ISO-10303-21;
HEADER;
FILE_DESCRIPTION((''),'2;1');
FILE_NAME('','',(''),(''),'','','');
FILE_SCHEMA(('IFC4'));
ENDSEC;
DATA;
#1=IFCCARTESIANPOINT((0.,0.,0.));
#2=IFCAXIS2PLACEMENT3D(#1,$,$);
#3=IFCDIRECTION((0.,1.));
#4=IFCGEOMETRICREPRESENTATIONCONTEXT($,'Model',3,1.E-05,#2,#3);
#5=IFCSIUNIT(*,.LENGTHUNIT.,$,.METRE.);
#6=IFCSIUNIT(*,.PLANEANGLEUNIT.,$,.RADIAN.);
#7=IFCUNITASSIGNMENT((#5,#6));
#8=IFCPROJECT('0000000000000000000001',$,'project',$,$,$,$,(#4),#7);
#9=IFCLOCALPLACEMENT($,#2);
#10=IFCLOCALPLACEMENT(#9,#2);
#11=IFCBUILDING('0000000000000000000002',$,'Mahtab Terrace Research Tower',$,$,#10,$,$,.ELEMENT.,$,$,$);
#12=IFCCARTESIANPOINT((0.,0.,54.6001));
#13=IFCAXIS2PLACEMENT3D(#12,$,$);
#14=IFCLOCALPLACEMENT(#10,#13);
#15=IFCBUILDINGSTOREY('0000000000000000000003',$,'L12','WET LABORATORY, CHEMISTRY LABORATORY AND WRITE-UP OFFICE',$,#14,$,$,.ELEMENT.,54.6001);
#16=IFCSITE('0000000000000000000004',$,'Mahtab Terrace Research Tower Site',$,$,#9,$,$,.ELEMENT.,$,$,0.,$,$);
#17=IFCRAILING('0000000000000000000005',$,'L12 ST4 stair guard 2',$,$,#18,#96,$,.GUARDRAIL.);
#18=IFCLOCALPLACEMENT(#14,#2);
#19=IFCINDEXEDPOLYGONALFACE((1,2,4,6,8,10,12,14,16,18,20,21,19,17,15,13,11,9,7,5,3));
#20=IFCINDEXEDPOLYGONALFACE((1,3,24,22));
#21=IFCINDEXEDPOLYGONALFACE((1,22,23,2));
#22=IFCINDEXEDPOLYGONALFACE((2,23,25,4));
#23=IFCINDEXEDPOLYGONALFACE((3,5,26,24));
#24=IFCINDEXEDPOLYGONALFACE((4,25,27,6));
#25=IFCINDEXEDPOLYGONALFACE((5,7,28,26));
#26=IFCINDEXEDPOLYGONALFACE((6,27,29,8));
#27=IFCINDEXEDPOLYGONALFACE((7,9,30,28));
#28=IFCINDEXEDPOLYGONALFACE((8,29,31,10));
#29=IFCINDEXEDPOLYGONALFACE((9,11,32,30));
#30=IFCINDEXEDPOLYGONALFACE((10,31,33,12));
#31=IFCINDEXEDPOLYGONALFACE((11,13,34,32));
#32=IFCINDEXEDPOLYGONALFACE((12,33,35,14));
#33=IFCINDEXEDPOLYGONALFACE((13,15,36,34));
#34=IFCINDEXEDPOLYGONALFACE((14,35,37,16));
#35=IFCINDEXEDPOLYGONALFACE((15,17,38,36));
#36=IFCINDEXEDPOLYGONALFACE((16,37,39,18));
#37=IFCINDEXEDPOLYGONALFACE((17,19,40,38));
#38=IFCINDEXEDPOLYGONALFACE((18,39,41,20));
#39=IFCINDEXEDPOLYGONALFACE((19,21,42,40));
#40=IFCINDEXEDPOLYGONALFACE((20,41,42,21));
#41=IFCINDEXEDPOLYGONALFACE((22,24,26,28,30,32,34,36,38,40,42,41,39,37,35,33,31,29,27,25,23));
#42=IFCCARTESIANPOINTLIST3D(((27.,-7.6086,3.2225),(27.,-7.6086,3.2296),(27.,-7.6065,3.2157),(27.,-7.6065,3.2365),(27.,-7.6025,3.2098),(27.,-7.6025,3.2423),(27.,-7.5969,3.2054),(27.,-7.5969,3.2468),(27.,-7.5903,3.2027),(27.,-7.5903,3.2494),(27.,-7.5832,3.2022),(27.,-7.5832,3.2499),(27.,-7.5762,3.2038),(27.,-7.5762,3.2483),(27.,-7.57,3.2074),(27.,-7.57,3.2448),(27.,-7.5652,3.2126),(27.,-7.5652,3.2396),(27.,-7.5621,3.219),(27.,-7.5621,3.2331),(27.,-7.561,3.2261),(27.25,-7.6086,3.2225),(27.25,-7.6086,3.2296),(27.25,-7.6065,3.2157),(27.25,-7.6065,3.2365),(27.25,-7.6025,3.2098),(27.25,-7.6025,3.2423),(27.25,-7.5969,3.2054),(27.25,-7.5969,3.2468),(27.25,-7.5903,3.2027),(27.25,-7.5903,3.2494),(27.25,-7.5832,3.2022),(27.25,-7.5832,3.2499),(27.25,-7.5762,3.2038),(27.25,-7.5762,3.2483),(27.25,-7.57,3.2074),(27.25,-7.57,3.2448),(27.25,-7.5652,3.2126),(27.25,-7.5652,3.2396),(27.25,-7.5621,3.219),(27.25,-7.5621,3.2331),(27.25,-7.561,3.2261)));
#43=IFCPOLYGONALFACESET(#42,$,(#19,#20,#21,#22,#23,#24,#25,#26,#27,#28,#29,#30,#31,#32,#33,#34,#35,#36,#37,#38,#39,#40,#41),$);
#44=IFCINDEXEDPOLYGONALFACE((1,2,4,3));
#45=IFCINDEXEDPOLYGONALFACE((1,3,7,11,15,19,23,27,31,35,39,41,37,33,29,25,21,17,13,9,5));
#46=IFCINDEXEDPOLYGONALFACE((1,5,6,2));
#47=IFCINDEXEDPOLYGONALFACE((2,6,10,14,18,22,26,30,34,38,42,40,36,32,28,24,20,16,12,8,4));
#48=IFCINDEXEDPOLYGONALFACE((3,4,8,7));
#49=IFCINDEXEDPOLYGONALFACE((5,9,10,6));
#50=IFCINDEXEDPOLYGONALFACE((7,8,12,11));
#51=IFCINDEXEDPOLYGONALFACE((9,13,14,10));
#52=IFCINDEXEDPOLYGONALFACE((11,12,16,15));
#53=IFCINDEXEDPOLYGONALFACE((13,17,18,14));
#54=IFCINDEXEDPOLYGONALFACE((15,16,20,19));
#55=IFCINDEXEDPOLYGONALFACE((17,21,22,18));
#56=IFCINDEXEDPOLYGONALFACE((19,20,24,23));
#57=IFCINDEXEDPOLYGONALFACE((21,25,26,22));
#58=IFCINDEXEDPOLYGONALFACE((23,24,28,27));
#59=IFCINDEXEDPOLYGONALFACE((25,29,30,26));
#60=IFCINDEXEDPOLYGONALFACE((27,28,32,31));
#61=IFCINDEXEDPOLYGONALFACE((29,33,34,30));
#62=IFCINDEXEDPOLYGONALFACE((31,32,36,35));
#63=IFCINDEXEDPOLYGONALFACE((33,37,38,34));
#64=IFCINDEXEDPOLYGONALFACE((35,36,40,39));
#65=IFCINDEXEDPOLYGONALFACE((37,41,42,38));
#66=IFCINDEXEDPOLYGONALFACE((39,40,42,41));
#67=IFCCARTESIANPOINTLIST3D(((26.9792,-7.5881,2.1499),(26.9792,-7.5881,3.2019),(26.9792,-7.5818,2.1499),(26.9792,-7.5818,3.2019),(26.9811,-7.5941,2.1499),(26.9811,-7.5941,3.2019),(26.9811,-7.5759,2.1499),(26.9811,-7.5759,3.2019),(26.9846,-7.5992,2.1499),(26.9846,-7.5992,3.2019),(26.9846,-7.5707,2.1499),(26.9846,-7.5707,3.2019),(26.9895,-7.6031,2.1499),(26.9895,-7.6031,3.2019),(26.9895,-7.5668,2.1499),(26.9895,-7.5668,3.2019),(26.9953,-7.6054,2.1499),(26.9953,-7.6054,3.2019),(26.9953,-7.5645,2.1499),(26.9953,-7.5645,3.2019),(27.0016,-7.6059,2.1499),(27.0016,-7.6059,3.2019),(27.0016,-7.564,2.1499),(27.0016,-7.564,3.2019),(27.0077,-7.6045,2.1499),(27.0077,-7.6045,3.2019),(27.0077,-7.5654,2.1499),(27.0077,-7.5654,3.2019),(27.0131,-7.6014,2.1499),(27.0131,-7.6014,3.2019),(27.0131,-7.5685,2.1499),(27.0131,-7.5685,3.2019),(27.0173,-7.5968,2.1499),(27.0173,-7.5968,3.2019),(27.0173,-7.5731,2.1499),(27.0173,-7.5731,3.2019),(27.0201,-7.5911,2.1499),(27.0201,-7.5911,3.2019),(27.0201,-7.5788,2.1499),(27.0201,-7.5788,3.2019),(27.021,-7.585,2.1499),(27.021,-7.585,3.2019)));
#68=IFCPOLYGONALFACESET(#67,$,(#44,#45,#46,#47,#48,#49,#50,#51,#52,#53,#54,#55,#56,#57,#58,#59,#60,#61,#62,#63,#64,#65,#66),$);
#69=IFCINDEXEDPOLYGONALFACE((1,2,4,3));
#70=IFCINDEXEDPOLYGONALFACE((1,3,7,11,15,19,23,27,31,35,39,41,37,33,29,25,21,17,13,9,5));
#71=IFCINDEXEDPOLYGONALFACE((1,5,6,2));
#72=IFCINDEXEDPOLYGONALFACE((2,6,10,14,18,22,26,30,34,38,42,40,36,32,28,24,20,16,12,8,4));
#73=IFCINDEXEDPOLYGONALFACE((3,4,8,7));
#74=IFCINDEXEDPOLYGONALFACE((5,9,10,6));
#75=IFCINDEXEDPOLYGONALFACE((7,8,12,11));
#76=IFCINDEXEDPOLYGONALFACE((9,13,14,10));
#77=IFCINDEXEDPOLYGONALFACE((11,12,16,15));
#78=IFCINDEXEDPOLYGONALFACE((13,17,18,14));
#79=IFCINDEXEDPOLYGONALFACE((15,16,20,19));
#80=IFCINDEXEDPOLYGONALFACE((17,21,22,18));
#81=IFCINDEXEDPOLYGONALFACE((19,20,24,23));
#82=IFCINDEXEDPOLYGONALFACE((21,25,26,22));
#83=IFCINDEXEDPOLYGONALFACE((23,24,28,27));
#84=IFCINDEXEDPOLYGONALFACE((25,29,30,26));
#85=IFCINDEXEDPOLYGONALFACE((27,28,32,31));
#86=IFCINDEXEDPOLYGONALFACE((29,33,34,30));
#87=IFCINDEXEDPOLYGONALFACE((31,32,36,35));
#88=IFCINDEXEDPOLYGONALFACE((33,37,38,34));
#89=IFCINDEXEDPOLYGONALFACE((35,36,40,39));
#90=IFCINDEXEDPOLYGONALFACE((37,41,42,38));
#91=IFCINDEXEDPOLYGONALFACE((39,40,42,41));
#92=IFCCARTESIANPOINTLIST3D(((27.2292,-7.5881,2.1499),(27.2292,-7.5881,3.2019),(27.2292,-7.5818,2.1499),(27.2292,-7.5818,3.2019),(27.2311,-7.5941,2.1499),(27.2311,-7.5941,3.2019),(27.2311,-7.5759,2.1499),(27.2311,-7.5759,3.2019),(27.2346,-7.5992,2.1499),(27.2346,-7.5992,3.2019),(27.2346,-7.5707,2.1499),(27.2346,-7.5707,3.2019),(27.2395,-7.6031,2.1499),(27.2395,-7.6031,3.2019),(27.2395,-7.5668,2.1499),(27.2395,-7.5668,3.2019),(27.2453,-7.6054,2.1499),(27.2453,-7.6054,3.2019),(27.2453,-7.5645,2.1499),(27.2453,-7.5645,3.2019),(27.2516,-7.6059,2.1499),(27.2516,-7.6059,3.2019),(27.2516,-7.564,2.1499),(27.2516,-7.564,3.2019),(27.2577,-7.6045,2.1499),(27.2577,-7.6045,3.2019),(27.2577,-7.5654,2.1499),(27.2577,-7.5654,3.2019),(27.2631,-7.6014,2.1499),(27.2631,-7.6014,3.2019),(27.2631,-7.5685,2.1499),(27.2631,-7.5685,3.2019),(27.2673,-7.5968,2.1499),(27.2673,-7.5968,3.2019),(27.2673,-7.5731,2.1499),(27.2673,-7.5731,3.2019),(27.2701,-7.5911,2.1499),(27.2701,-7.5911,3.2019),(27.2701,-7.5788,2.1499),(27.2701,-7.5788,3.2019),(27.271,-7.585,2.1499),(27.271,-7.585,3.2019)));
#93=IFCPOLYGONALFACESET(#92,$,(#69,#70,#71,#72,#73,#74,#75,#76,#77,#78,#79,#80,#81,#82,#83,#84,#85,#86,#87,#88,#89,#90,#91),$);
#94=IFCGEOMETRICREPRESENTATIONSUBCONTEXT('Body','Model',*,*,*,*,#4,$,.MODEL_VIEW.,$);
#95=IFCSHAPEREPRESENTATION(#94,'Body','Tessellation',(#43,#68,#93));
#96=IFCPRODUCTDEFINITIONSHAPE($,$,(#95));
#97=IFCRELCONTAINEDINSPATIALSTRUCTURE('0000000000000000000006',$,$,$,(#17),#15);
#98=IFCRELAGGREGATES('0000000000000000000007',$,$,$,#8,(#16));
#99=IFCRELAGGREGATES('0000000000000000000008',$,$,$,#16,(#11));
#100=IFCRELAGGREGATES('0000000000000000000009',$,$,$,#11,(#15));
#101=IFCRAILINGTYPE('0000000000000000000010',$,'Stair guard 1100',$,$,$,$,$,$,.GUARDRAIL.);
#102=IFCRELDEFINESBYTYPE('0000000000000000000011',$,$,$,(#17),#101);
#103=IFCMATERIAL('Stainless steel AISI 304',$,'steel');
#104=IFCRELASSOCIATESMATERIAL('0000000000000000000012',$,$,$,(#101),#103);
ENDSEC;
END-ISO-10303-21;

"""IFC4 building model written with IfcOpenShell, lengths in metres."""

from ifc_helpers import new_model, si_unit, direction, frame, origin, origin_2d, place, context, subcontext, project, spatial, circle, extrude, material, type_object, element, save


model = new_model("IFC4")

# Units and contexts
model_context = context("Model", 3, precision=1e-05, world=origin(), true_north=direction((0.0, 1.0)))
body_context = subcontext(model_context, "Body", "Model", "MODEL_VIEW")
ifc_project = project(units=[si_unit("LENGTHUNIT", "METRE"), si_unit("PLANEANGLEUNIT", "RADIAN")], contexts=[model_context])

# Site, building, storey
site_placement = place(None, origin())
site = spatial("IfcSite", under=ifc_project, at=site_placement, Name="Mahtab Terrace Research Tower Site", CompositionType="ELEMENT", RefElevation=0.0)
building_placement = place(site_placement, origin())
building = spatial("IfcBuilding", under=site, at=building_placement, Name="Mahtab Terrace Research Tower", CompositionType="ELEMENT")
storey_placement = place(building_placement, frame((0.0, 0.0, 54.6001)))
storey = spatial("IfcBuildingStorey", under=building, at=storey_placement, Name="L12", Description="WET LABORATORY, CHEMISTRY LABORATORY AND WRITE-UP OFFICE", CompositionType="ELEMENT", Elevation=54.6001)

# Railing
ifc_material_1 = material(Name="Stainless steel AISI 304", Category="steel")
railing_type_1 = type_object("IfcRailingType", Name="Stair guard 1100", PredefinedType="GUARDRAIL", material=ifc_material_1)
railing_1_placement = place(storey_placement, frame((27.0, -7.585, 2.1499)))
element("IfcRailing", 1, at=railing_1_placement, inside=storey, type_object=railing_type_1, Name="L12 ST4 stair guard 2", PredefinedType="GUARDRAIL", context=body_context, shape_type="SweptSolid", body=[
    extrude(circle(Radius=0.0239, at=origin_2d()), frame((0.0, 0.0, 1.0762), z_axis=(1.0, 0.0, 0.0), x_axis=(0.0, 1.0, 0.0)), (0.0, 0.0, 1.0), 0.25),
    extrude(circle(Radius=0.021, at=origin_2d()), origin(), (0.0, 0.0, 1.0), 1.052),
    extrude(circle(Radius=0.021, at=origin_2d()), frame((0.25, 0.0, 0.0)), (0.0, 0.0, 1.0), 1.052),
])

save(model, "model.ifc")
